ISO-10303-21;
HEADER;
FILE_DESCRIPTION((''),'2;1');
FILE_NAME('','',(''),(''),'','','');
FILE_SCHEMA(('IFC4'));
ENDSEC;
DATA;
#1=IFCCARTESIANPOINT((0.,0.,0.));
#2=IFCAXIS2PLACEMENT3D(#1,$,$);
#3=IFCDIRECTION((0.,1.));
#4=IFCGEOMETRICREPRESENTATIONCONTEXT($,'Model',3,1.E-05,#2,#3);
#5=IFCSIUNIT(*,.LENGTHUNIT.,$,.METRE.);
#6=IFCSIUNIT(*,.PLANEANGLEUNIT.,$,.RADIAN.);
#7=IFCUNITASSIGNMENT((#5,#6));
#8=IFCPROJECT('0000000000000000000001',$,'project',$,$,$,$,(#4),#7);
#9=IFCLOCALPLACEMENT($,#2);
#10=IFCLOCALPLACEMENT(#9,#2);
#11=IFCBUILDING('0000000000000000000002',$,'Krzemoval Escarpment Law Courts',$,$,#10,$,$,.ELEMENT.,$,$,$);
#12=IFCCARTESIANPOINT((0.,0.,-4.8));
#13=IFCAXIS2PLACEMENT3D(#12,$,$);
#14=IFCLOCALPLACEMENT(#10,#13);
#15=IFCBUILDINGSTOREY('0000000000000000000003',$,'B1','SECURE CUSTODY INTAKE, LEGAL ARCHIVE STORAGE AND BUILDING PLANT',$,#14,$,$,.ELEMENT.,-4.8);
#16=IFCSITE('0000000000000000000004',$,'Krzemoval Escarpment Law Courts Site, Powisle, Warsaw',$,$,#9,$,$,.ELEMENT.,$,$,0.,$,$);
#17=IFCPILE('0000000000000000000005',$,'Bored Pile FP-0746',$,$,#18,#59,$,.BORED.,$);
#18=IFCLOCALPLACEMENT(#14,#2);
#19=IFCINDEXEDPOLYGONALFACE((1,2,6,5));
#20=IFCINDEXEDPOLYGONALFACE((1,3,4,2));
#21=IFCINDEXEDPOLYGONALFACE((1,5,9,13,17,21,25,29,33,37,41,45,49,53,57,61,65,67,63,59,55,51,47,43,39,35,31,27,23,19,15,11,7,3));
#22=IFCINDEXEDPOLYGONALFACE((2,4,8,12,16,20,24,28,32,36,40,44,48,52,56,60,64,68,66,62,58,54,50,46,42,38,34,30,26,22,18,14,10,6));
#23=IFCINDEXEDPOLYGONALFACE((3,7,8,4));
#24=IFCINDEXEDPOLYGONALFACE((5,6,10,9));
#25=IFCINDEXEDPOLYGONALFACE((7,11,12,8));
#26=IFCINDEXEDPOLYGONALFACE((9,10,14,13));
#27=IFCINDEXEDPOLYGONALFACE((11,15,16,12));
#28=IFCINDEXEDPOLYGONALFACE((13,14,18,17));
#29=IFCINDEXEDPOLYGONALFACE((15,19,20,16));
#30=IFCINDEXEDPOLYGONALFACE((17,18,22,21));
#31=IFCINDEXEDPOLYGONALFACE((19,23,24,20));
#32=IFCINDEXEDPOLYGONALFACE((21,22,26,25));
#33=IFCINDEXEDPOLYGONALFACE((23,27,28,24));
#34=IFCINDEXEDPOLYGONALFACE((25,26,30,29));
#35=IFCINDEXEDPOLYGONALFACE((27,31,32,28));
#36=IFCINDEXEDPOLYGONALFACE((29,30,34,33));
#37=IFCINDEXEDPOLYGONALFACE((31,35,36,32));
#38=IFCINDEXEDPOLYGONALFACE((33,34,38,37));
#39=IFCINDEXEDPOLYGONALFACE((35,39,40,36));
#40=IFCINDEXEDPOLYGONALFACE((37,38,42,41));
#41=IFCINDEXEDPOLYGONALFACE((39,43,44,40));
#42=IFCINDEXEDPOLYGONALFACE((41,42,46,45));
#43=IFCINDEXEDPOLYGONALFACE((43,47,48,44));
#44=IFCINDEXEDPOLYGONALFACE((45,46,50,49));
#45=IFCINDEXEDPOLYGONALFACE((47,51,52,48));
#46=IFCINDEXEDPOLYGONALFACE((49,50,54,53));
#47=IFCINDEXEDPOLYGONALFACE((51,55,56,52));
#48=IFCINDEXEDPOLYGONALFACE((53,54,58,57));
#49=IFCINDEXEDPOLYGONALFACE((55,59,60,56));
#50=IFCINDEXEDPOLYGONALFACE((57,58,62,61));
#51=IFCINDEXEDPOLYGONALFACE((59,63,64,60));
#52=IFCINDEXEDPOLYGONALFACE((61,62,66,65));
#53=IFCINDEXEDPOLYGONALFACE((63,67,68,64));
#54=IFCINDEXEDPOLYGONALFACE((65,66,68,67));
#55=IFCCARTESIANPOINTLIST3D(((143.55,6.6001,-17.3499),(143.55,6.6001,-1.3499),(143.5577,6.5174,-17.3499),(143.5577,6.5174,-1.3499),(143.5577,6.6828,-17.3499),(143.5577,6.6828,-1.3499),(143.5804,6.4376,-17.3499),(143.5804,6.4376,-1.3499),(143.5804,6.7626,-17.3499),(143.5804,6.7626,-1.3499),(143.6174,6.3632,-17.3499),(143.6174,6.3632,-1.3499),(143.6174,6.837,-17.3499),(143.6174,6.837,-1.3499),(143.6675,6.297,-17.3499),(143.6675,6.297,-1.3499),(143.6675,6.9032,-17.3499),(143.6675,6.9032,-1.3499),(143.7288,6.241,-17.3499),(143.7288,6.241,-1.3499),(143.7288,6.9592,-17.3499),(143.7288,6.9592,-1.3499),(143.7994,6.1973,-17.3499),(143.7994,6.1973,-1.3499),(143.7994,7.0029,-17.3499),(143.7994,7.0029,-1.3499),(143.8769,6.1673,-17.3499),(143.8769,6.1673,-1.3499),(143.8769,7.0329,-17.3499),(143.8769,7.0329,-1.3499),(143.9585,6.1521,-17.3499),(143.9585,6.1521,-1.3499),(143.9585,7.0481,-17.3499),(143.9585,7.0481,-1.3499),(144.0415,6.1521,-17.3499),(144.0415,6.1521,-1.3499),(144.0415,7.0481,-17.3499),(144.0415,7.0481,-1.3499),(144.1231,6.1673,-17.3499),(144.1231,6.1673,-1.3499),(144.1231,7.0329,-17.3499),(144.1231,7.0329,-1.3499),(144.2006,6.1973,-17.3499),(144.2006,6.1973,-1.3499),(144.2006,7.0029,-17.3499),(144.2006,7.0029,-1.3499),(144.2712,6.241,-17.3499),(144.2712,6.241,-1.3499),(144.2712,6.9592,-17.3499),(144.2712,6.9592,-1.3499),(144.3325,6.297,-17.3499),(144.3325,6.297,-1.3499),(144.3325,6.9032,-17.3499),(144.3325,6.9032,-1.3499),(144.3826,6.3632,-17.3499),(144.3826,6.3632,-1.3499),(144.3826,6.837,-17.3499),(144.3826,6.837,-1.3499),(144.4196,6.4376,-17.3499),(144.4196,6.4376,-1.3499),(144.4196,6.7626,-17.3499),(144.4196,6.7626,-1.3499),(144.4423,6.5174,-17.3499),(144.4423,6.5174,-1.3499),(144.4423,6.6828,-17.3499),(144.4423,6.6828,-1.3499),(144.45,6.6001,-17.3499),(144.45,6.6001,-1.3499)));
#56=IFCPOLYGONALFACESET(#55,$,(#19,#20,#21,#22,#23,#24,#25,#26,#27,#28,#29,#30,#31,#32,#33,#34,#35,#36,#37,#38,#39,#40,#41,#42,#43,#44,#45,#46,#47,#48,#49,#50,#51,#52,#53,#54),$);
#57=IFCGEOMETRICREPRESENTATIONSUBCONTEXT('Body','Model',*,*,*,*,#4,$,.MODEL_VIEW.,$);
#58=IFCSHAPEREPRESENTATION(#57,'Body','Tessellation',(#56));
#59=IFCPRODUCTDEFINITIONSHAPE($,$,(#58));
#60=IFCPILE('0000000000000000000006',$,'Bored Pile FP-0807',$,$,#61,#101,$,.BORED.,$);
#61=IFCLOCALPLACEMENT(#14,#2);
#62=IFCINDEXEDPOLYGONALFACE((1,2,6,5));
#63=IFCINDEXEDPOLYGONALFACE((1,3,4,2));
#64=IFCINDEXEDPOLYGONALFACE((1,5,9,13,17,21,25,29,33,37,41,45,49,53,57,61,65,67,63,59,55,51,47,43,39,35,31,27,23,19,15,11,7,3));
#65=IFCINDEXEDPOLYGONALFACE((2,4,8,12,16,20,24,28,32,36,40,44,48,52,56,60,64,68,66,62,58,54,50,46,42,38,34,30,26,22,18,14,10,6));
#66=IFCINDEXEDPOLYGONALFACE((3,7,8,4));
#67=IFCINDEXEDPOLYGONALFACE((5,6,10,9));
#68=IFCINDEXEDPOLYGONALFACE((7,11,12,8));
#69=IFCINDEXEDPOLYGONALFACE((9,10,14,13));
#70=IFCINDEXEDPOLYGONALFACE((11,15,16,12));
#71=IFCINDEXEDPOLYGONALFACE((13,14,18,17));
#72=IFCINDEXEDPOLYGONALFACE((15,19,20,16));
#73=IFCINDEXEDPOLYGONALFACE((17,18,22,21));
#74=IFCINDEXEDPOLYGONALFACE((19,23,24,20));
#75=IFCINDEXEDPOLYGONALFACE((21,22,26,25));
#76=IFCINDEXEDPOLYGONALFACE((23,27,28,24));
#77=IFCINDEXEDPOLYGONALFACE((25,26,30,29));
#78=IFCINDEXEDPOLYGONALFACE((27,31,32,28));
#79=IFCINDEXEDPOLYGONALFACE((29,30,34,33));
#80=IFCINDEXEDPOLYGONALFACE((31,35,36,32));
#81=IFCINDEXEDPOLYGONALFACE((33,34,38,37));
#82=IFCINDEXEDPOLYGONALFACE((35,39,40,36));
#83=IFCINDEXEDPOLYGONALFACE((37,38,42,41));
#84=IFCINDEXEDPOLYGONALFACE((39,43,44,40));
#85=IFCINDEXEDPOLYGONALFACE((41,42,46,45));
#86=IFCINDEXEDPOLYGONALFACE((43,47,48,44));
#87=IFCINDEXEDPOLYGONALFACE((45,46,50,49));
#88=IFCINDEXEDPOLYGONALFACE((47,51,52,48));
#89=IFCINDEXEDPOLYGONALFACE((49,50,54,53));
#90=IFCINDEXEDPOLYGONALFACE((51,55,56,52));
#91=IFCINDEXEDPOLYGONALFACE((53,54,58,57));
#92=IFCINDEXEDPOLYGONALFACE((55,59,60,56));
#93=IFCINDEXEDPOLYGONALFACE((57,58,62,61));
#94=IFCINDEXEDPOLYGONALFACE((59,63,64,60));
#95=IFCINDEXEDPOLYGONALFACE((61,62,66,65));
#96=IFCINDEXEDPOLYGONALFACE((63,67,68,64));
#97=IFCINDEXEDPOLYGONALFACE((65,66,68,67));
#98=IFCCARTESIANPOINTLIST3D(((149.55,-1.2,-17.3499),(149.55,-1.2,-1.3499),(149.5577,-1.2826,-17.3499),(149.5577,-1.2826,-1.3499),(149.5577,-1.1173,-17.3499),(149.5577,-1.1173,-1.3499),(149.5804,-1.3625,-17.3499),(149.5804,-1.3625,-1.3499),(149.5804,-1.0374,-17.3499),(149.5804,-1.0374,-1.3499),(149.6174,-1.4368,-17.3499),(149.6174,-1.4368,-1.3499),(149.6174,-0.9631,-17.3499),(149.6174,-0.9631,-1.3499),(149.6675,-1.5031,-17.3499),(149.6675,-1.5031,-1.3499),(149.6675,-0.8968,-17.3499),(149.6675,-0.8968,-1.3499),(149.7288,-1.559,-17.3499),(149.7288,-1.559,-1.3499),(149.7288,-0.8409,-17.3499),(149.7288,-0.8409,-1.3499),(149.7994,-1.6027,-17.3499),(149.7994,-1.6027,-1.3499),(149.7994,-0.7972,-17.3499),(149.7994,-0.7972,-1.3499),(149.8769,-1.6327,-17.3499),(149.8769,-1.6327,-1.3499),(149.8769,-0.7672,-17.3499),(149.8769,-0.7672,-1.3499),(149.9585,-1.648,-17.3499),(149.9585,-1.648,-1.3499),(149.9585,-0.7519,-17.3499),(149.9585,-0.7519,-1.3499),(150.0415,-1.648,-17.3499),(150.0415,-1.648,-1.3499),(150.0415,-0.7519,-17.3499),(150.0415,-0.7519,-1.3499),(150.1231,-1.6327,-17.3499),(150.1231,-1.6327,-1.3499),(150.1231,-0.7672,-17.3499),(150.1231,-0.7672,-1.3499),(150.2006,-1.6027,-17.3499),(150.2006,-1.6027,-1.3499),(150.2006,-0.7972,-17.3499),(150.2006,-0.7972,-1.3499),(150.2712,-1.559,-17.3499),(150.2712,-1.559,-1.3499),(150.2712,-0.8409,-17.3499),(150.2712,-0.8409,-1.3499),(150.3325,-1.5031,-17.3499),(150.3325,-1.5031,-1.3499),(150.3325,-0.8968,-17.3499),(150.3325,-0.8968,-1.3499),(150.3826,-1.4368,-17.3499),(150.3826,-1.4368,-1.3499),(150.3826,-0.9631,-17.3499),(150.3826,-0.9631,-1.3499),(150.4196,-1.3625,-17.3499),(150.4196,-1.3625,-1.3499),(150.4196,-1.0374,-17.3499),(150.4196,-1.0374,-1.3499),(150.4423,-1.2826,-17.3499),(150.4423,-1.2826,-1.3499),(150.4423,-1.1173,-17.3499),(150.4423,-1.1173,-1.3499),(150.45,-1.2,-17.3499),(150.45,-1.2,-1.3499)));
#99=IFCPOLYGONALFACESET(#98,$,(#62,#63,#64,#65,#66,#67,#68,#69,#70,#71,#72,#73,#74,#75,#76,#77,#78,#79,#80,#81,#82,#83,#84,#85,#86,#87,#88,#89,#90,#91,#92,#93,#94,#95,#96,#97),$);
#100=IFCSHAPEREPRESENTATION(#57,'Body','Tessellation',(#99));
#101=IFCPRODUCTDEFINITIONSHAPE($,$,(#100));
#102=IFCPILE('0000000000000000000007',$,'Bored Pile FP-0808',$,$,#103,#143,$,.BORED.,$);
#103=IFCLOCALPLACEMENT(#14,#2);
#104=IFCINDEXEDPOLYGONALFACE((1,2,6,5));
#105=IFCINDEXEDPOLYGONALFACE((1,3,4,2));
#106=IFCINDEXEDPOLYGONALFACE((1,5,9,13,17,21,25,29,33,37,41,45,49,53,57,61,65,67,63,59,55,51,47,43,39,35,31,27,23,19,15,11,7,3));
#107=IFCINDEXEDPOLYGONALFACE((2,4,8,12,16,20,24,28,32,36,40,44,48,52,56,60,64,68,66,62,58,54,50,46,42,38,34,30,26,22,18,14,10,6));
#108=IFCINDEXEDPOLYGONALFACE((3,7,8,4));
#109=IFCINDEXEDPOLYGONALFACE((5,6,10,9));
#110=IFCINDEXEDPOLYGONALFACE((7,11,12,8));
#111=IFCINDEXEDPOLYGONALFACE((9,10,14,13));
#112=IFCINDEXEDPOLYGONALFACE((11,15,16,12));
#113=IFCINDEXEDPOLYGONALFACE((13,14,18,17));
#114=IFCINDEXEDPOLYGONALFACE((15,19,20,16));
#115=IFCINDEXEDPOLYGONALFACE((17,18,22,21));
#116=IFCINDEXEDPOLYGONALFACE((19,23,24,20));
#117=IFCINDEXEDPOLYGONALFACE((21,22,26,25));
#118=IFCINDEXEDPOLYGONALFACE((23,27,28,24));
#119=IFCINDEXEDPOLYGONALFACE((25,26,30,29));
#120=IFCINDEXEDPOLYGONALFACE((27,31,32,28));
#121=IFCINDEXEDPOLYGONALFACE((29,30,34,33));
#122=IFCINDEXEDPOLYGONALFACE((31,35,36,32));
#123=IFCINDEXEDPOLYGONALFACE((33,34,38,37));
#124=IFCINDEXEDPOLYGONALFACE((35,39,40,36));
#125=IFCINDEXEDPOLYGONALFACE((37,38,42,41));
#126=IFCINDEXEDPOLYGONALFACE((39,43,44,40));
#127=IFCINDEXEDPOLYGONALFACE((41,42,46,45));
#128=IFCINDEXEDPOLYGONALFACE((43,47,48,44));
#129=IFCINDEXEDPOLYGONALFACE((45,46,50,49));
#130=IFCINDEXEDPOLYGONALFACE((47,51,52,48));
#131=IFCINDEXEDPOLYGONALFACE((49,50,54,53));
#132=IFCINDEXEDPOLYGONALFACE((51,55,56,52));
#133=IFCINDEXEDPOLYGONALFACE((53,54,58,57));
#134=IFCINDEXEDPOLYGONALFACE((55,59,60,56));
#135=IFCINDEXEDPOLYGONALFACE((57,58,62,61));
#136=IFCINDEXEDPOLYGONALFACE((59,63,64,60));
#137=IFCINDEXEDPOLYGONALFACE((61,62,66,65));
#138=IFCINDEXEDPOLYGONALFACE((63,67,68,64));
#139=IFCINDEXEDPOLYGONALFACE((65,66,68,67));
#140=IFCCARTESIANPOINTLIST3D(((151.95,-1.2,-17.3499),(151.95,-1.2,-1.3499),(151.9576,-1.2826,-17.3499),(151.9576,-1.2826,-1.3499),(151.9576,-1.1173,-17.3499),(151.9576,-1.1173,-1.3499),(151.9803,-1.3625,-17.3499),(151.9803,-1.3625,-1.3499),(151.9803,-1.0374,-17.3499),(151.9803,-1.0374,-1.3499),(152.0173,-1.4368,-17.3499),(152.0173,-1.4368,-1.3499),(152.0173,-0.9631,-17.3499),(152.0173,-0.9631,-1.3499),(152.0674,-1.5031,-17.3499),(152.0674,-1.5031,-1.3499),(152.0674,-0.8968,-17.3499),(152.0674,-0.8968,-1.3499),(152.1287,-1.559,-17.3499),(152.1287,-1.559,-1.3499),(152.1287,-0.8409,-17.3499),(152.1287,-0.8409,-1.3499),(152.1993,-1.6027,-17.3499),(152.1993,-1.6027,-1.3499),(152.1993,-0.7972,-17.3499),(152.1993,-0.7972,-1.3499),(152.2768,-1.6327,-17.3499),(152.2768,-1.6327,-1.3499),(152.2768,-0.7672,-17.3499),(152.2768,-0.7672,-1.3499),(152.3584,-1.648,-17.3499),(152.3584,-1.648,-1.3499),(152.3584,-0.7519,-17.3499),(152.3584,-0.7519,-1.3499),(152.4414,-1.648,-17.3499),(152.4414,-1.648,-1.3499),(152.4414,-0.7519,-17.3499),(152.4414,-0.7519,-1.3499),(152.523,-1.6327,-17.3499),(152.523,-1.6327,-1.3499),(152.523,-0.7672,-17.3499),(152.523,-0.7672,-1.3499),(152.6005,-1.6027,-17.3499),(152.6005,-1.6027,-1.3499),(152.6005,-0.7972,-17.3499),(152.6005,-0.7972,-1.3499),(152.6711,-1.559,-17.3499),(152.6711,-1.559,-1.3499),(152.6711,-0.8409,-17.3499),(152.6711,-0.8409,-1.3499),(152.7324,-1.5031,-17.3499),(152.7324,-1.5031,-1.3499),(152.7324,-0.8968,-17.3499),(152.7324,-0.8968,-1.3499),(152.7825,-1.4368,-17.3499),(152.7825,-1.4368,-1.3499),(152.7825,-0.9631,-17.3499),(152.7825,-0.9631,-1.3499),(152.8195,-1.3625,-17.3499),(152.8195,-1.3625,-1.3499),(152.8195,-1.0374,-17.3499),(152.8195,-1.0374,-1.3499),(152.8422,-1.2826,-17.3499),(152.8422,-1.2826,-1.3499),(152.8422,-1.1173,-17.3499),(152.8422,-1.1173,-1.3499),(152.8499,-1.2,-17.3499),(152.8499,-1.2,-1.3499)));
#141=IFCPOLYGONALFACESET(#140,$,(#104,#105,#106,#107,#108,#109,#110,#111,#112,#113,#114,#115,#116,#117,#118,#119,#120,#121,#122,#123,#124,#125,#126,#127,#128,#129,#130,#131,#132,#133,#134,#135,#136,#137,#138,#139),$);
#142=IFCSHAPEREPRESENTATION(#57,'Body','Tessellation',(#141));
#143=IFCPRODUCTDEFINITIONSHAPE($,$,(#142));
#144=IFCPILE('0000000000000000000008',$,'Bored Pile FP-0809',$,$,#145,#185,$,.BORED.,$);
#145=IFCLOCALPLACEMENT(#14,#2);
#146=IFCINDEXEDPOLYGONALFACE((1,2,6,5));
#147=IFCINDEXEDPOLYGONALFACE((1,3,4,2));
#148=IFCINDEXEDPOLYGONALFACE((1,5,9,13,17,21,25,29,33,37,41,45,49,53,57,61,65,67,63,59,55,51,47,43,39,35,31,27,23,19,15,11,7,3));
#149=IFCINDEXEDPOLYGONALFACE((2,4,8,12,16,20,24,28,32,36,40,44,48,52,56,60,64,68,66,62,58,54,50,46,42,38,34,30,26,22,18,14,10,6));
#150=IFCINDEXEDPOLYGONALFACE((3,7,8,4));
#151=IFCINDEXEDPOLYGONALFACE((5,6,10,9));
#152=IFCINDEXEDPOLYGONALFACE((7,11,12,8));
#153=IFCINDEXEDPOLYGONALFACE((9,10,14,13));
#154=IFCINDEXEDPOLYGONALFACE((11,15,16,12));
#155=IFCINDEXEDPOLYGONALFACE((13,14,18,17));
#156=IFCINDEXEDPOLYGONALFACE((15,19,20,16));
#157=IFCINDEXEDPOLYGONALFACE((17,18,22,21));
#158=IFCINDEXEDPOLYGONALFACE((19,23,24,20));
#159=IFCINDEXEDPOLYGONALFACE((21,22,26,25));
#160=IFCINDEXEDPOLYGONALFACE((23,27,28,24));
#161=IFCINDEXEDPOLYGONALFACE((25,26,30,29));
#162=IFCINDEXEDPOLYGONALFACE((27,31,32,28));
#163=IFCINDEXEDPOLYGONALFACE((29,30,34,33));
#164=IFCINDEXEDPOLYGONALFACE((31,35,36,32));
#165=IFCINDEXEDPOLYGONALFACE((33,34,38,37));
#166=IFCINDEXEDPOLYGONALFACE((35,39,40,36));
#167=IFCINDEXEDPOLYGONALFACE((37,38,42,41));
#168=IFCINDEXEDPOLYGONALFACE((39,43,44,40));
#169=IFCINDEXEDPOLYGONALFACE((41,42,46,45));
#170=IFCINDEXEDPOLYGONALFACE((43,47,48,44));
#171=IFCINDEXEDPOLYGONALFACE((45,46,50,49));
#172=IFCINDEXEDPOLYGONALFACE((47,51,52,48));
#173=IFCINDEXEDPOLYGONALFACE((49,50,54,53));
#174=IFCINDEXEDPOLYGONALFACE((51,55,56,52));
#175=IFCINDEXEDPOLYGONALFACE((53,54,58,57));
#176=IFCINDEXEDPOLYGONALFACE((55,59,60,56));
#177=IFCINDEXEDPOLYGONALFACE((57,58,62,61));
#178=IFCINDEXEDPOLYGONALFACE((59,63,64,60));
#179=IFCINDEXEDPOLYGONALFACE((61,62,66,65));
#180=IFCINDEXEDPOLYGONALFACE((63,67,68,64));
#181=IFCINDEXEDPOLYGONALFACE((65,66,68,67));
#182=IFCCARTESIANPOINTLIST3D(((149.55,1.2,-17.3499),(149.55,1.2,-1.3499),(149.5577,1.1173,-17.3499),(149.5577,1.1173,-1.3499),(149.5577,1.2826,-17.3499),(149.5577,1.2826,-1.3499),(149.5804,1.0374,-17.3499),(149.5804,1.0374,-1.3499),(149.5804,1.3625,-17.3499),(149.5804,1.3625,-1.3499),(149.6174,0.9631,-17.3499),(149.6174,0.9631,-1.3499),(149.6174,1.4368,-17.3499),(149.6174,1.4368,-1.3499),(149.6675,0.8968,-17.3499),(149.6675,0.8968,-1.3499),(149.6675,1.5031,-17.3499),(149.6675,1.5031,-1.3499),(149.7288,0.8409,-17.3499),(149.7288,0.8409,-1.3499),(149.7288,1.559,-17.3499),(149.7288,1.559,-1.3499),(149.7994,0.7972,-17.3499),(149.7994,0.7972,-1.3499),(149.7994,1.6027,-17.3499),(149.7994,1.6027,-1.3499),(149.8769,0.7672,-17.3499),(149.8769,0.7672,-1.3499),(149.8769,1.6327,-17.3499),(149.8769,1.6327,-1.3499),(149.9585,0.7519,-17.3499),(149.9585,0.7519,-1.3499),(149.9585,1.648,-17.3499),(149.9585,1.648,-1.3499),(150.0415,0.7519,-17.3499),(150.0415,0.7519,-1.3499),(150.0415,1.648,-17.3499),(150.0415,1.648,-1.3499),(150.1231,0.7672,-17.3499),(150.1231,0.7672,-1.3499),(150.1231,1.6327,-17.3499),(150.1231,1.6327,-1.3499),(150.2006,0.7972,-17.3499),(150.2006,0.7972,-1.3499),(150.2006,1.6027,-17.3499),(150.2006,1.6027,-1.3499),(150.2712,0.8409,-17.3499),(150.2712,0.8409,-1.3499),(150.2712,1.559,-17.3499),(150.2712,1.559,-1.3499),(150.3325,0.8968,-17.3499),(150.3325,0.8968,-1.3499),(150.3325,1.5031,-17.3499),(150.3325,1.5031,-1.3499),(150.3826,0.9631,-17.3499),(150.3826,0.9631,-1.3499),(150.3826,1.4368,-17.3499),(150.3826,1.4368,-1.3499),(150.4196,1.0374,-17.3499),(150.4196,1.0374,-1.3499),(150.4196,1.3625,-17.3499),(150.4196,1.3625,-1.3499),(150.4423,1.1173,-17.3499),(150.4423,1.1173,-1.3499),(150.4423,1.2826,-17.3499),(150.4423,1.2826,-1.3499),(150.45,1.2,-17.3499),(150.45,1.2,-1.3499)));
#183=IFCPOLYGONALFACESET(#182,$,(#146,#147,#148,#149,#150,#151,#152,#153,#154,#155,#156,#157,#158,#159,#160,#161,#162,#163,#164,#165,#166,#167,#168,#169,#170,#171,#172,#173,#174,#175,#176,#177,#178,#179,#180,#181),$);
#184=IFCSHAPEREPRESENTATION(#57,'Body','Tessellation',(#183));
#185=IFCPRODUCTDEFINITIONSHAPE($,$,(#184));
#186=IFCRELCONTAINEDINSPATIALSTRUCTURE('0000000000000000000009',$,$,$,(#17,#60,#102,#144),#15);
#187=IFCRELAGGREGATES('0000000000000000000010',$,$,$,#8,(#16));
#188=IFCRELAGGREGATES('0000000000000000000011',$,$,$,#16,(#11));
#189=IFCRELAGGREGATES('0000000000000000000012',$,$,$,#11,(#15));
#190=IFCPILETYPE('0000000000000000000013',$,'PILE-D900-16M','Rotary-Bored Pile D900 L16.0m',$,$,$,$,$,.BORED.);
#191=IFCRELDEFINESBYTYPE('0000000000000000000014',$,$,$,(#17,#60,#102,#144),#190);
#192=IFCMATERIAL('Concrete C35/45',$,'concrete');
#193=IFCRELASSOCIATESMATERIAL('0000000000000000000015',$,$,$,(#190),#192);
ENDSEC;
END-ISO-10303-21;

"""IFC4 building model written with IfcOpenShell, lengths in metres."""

from ifc_helpers import new_model, si_unit, direction, frame, origin, origin_2d, place, context, subcontext, project, spatial, circle, extrude, material, material_profile, profile_set, type_object, element, save


model = new_model("IFC4")

# Units and contexts
model_context = context("Model", 3, precision=1e-05, world=origin(), true_north=direction((0.0, 1.0)))
body_context = subcontext(model_context, "Body", "Model", "MODEL_VIEW")
ifc_project = project(units=[si_unit("LENGTHUNIT", "METRE"), si_unit("PLANEANGLEUNIT", "RADIAN")], contexts=[model_context])

# Site, building, storey
site_placement = place(None, origin())
site = spatial("IfcSite", under=ifc_project, at=site_placement, Name="Krzemoval Escarpment Law Courts Site, Powisle, Warsaw", CompositionType="ELEMENT", RefElevation=0.0)
building_placement = place(site_placement, origin())
building = spatial("IfcBuilding", under=site, at=building_placement, Name="Krzemoval Escarpment Law Courts", CompositionType="ELEMENT")
storey_placement = place(building_placement, frame((0.0, 0.0, -4.8)))
storey = spatial("IfcBuildingStorey", under=building, at=storey_placement, Name="B1", Description="SECURE CUSTODY INTAKE, LEGAL ARCHIVE STORAGE AND BUILDING PLANT", CompositionType="ELEMENT", Elevation=-4.8)

# Piles
ifc_material_1 = material(Name="Concrete C35/45", Category="concrete")
ifc_material_profile_1 = material_profile(ifc_material_1, circle(Radius=0.45, at=origin_2d()), Name="PILE D900")
ifc_profile_set_1 = profile_set([ifc_material_profile_1], Name="Concrete C35/45")
pile_type = type_object("IfcPileType", Name="PILE-D900-16M", Description="Rotary-Bored Pile D900 L16.0m", PredefinedType="BORED", material=ifc_profile_set_1)
for number, where, z_axis, x_axis, name in (
    (1, (144.0, 6.6001, -1.3499), (0.0, 0.0, -1.0), (1.0, 0.0, 0.0), "Bored Pile FP-0746"),
    (2, (150.0, -1.2, -1.3499), (0.0, 0.0, -1.0), (1.0, 0.0, 0.0), "Bored Pile FP-0807"),
    (3, (152.3999, -1.2, -1.3499), (0.0, 0.0, -1.0), (1.0, 0.0, 0.0), "Bored Pile FP-0808"),
    (4, (150.0, 1.2, -1.3499), (0.0, 0.0, -1.0), (1.0, 0.0, 0.0), "Bored Pile FP-0809"),
):
    element("IfcPile", number, at=place(storey_placement, frame(where, z_axis=z_axis, x_axis=x_axis)), inside=storey, type_object=pile_type, Name=name, PredefinedType="BORED", context=body_context, shape_type="SweptSolid", body=[
        extrude(circle(Radius=0.45, at=origin_2d()), origin(), (0.0, 0.0, 1.0), 16.0),
    ])

save(model, "model.ifc")
